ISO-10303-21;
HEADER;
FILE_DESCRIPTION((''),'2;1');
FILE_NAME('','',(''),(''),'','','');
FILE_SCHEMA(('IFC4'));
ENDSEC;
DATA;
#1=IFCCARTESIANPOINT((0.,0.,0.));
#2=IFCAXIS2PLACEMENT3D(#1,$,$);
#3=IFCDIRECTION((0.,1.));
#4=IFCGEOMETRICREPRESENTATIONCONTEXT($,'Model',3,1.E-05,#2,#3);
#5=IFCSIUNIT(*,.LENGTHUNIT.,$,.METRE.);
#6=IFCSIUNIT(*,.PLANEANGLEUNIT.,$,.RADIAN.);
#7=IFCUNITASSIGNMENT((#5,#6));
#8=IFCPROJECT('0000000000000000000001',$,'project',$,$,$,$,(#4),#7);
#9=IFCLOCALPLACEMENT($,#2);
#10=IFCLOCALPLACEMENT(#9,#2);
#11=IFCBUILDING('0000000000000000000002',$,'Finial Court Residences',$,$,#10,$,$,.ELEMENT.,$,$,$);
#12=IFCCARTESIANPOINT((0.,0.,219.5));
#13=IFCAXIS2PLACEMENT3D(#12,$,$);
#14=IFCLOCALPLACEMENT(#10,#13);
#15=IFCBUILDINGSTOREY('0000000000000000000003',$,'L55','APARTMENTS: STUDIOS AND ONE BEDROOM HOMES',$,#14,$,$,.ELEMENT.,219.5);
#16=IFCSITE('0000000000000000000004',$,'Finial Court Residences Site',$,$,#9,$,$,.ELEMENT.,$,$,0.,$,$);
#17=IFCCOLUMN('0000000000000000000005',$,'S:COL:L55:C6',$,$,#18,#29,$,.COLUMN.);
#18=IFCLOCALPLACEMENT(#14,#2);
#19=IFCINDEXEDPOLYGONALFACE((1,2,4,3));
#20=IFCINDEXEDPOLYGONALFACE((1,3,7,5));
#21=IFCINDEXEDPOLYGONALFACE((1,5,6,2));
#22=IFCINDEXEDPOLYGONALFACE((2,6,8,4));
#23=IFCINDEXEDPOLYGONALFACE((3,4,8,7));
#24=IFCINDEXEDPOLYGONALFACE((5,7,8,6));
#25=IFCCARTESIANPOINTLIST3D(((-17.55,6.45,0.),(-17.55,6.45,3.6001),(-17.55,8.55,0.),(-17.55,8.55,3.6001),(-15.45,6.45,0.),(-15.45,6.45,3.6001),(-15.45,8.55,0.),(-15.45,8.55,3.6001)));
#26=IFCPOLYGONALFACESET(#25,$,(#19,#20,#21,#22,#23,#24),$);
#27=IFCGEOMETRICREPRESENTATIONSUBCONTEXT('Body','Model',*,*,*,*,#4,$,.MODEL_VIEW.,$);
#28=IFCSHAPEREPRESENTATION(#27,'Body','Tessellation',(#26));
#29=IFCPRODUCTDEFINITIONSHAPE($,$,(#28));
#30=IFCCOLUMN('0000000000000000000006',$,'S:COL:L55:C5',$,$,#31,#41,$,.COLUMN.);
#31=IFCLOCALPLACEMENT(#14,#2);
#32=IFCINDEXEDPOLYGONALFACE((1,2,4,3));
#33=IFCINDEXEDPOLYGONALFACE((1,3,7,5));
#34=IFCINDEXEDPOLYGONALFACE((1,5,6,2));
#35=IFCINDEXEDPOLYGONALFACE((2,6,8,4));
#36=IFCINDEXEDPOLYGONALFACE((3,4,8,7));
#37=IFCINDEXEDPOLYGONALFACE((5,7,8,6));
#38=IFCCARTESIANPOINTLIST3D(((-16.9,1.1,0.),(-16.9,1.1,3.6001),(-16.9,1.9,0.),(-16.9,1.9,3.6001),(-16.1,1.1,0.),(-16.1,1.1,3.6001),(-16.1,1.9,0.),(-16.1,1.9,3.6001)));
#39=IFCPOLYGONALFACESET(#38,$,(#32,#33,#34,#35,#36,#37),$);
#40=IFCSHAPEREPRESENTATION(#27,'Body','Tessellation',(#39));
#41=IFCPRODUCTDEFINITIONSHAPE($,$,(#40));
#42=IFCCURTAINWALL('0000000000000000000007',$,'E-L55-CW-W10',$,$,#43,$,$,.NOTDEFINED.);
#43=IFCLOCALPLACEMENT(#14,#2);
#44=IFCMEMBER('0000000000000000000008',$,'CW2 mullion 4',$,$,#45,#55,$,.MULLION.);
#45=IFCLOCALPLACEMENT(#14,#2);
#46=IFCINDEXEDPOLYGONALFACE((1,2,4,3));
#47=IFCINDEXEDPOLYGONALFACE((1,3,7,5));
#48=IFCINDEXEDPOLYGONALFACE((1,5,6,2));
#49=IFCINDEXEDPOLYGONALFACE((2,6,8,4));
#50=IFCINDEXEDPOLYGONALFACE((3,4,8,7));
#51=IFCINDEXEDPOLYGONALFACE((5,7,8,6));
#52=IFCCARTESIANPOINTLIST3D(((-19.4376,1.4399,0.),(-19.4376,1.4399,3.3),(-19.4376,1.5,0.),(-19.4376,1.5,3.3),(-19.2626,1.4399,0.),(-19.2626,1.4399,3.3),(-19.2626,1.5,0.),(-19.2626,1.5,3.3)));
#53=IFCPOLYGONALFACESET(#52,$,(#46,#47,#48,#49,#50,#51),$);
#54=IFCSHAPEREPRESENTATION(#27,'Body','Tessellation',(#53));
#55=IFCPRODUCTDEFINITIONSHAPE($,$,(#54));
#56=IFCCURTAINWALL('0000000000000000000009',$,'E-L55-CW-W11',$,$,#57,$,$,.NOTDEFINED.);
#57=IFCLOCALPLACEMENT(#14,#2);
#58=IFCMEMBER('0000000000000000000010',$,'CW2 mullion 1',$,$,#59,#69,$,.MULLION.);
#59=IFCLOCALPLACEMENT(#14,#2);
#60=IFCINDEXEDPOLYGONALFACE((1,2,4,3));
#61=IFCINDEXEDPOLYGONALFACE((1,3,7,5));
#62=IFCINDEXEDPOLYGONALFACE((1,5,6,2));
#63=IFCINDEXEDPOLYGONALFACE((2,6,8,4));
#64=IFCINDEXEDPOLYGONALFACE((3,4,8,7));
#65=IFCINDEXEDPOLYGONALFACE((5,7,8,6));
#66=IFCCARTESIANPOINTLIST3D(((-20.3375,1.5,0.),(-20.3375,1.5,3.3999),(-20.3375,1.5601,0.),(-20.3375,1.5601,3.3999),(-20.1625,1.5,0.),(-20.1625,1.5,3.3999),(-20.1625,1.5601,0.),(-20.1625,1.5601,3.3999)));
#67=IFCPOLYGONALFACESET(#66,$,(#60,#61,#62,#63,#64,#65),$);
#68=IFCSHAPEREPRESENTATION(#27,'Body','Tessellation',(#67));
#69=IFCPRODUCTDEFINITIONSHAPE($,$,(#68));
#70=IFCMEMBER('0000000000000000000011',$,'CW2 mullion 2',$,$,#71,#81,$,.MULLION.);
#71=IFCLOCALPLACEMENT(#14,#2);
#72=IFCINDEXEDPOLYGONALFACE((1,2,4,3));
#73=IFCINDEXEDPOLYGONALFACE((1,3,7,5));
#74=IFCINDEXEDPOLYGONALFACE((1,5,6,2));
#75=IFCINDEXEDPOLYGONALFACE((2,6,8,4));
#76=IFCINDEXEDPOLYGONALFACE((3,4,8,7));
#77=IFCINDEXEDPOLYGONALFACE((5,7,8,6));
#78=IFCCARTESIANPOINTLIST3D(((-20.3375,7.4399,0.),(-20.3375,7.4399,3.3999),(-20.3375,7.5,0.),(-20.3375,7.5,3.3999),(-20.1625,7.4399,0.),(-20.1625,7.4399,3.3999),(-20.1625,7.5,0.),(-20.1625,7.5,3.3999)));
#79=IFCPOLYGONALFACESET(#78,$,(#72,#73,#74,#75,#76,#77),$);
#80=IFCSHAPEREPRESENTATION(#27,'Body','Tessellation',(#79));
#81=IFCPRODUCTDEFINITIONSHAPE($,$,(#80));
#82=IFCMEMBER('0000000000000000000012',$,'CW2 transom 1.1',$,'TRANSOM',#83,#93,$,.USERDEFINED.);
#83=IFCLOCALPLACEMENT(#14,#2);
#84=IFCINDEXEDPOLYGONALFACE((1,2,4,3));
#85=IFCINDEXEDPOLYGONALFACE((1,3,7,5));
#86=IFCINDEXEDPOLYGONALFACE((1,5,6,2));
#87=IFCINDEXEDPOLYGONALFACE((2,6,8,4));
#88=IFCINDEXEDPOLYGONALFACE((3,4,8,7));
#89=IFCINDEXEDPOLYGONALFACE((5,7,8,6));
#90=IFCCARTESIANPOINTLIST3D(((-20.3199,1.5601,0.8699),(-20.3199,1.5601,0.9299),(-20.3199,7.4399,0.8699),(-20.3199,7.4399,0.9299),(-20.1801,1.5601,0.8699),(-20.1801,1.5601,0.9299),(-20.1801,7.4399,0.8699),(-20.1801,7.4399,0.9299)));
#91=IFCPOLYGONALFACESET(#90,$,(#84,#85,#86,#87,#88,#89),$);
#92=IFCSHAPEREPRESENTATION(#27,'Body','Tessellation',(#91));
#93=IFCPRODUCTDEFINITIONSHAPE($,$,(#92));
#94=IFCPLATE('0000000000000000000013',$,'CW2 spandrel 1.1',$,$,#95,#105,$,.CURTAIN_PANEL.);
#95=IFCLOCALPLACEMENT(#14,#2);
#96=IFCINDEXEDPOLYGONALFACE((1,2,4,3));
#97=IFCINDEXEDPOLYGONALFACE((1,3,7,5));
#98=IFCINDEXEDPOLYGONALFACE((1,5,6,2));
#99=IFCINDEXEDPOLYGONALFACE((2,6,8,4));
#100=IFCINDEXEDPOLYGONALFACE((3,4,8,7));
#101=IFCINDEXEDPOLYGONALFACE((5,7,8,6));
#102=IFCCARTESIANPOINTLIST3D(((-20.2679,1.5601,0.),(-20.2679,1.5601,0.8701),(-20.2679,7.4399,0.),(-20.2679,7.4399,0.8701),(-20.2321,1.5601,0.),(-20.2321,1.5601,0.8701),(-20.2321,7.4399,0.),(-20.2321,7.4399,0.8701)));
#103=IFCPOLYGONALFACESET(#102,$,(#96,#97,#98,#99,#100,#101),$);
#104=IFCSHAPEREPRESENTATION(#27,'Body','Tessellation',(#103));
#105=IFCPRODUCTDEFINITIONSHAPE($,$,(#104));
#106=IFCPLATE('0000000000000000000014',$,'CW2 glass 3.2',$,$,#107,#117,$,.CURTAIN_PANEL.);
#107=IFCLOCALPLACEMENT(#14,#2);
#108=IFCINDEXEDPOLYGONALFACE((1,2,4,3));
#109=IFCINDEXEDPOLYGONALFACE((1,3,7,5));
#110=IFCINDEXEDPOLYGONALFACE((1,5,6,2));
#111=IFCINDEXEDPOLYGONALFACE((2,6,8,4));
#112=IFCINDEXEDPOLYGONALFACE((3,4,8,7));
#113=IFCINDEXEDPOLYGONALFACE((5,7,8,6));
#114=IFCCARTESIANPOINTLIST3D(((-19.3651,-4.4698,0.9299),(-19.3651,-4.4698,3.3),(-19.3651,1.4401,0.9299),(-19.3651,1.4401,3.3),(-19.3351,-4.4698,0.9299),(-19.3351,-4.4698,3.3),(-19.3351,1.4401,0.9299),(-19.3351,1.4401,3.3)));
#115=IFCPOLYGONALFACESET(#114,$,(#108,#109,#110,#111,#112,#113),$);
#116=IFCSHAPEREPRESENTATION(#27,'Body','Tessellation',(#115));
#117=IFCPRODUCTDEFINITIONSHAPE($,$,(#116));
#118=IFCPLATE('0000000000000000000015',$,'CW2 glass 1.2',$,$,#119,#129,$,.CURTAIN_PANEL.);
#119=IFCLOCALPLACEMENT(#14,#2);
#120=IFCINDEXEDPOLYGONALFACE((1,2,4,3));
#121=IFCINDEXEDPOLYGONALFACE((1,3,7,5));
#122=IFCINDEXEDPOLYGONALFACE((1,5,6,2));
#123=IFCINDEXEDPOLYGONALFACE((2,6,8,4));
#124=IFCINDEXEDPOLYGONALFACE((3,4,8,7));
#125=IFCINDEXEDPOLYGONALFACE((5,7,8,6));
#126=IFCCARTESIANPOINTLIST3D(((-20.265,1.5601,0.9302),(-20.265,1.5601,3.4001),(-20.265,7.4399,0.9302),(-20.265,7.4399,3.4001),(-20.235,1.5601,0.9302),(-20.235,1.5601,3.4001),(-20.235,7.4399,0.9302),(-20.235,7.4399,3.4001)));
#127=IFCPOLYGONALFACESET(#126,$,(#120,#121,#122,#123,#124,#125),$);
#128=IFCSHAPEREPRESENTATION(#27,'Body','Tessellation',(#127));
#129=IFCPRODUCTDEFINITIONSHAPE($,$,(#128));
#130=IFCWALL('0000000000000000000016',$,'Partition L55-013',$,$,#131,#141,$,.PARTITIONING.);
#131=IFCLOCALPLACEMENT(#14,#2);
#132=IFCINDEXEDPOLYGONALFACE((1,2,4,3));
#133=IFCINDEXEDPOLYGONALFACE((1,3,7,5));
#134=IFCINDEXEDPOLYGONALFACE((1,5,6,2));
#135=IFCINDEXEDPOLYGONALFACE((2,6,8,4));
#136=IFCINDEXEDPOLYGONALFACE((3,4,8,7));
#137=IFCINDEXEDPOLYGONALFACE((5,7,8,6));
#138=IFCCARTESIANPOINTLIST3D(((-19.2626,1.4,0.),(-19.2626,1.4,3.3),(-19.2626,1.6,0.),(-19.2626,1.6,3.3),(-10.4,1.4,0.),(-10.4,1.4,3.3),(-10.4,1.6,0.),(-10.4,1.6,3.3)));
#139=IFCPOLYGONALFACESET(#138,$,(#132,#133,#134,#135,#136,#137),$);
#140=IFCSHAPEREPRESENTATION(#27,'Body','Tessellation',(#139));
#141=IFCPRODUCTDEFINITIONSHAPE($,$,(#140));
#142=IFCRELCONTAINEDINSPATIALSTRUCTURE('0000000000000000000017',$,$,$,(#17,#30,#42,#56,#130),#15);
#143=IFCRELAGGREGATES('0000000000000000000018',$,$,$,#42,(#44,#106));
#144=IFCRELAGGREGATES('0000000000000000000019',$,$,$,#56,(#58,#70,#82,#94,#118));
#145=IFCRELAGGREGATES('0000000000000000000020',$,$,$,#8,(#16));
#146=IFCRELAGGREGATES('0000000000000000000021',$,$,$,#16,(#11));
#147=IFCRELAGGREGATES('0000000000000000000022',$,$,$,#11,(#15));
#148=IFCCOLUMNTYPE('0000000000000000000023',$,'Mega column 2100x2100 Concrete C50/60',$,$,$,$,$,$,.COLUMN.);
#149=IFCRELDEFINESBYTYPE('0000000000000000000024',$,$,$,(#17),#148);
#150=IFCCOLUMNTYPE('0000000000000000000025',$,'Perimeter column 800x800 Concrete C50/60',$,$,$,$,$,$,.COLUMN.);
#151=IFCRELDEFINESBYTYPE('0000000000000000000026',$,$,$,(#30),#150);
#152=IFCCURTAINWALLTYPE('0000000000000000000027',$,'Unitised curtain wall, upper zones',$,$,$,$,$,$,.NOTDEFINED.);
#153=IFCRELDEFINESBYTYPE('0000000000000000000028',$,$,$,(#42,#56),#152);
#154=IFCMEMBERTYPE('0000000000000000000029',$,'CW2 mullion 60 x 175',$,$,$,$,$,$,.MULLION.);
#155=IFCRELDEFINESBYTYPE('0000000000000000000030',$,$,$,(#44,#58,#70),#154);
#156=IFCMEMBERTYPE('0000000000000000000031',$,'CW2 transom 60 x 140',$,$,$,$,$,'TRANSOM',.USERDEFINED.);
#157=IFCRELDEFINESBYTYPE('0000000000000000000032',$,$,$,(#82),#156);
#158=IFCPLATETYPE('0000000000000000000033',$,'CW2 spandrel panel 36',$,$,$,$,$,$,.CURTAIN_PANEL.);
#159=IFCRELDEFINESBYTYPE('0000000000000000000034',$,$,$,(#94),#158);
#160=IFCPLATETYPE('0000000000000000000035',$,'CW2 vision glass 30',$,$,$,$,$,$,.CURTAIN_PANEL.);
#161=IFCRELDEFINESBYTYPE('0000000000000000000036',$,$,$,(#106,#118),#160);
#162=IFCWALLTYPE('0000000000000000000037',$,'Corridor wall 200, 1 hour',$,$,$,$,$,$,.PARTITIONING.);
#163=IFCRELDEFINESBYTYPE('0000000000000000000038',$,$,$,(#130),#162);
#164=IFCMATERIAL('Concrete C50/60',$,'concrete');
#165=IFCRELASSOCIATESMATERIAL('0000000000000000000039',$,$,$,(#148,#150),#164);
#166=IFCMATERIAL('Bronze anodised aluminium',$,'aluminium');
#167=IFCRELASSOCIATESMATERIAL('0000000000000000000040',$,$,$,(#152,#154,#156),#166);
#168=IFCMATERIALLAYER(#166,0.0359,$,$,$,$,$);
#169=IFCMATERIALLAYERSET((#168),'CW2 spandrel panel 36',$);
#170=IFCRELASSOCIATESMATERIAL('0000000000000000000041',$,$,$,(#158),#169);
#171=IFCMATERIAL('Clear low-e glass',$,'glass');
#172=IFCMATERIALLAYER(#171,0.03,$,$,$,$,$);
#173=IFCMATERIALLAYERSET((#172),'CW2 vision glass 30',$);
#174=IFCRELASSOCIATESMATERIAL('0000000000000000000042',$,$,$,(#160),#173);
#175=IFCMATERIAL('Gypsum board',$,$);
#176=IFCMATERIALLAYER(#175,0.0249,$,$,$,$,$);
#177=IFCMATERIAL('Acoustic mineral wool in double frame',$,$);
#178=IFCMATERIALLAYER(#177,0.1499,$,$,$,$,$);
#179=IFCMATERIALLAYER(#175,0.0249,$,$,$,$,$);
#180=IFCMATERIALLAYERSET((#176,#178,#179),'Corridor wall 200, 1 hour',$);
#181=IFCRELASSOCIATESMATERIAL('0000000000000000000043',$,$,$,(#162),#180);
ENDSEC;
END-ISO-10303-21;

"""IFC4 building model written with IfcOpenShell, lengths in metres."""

from ifc_helpers import new_model, si_unit, direction, frame, frame_2d, origin, origin_2d, place, context, subcontext, project, spatial, rectangle, extrude, material, layer, layer_set, material_profile, profile_set, type_object, element, aggregate, save


model = new_model("IFC4")

# Units and contexts
model_context = context("Model", 3, precision=1e-05, world=origin(), true_north=direction((0.0, 1.0)))
body_context = subcontext(model_context, "Body", "Model", "MODEL_VIEW")
ifc_project = project(units=[si_unit("LENGTHUNIT", "METRE"), si_unit("PLANEANGLEUNIT", "RADIAN")], contexts=[model_context])

# Site, building, storey
site_placement = place(None, origin())
site = spatial("IfcSite", under=ifc_project, at=site_placement, Name="Finial Court Residences Site", CompositionType="ELEMENT", RefElevation=0.0)
building_placement = place(site_placement, origin())
building = spatial("IfcBuilding", under=site, at=building_placement, Name="Finial Court Residences", CompositionType="ELEMENT")
storey_placement = place(building_placement, frame((0.0, 0.0, 219.5)))
storey = spatial("IfcBuildingStorey", under=building, at=storey_placement, Name="L55", Description="APARTMENTS: STUDIOS AND ONE BEDROOM HOMES", CompositionType="ELEMENT", Elevation=219.5)

# Columns
ifc_material_1 = material(Name="Concrete C50/60", Category="concrete")
ifc_material_profile_1 = material_profile(ifc_material_1, rectangle(XDim=2.1001, YDim=2.1001, at=origin_2d()), Name="2100x2100")
ifc_profile_set_1 = profile_set([ifc_material_profile_1], Name="Concrete C50/60")
column_type_1 = type_object("IfcColumnType", Name="Mega column 2100x2100 Concrete C50/60", PredefinedType="COLUMN", material=ifc_profile_set_1)
column_1_placement = place(storey_placement, frame((-16.5, 7.5, 0.0), z_axis=(0.0, 0.0, 1.0), x_axis=(1.0, 0.0, 0.0)))
element("IfcColumn", 1, at=column_1_placement, inside=storey, type_object=column_type_1, Name="S:COL:L55:C6", PredefinedType="COLUMN", context=body_context, shape_type="SweptSolid", body=[
    extrude(rectangle(XDim=2.1001, YDim=2.1001, at=origin_2d()), origin(), (0.0, 0.0, 1.0), 3.6001),
])
ifc_material_profile_2 = material_profile(ifc_material_1, rectangle(XDim=0.8, YDim=0.8, at=origin_2d()), Name="800x800")
ifc_profile_set_2 = profile_set([ifc_material_profile_2], Name="Concrete C50/60")
column_type_2 = type_object("IfcColumnType", Name="Perimeter column 800x800 Concrete C50/60", PredefinedType="COLUMN", material=ifc_profile_set_2)
column_2_placement = place(storey_placement, frame((-16.5, 1.5, 0.0), z_axis=(0.0, 0.0, 1.0), x_axis=(1.0, 0.0, 0.0)))
element("IfcColumn", 2, at=column_2_placement, inside=storey, type_object=column_type_2, Name="S:COL:L55:C5", PredefinedType="COLUMN", context=body_context, shape_type="SweptSolid", body=[
    extrude(rectangle(XDim=0.8, YDim=0.8, at=origin_2d()), origin(), (0.0, 0.0, 1.0), 3.6001),
])

# Curtain wall, member
ifc_material_2 = material(Name="Bronze anodised aluminium", Category="aluminium")
curtain_wall_type = type_object("IfcCurtainWallType", Name="Unitised curtain wall, upper zones", PredefinedType="NOTDEFINED", material=ifc_material_2)
curtain_wall_1_placement = place(storey_placement, origin())
curtain_wall_1 = element("IfcCurtainWall", 3, at=curtain_wall_1_placement, inside=storey, type_object=curtain_wall_type, Name="E-L55-CW-W10", PredefinedType="NOTDEFINED")
ifc_material_profile_3 = material_profile(ifc_material_2, rectangle(XDim=0.175, YDim=0.0601, at=origin_2d()), Name="CW2 mullion 60 x 175")
ifc_profile_set_3 = profile_set([ifc_material_profile_3], Name="Bronze anodised aluminium")
member_type_1 = type_object("IfcMemberType", Name="CW2 mullion 60 x 175", PredefinedType="MULLION", material=ifc_profile_set_3)
member_1_placement = place(storey_placement, frame((-19.3501, 1.47, 0.0), z_axis=(0.0, 0.0, 1.0), x_axis=(-1.0, 0.0, 0.0)))
member_1 = element("IfcMember", 4, at=member_1_placement, type_object=member_type_1, Name="CW2 mullion 4", PredefinedType="MULLION", context=body_context, shape_type="SweptSolid", body=[
    extrude(rectangle(XDim=0.175, YDim=0.0601, at=origin_2d()), origin(), (0.0, 0.0, 1.0), 3.3),
])

# Curtain wall, members, plate
curtain_wall_2_placement = place(storey_placement, origin())
curtain_wall_2 = element("IfcCurtainWall", 5, at=curtain_wall_2_placement, inside=storey, type_object=curtain_wall_type, Name="E-L55-CW-W11", PredefinedType="NOTDEFINED")
member_2_placement = place(storey_placement, frame((-20.25, 1.53, 0.0), z_axis=(0.0, 0.0, 1.0), x_axis=(-1.0, 0.0, 0.0)))
member_2 = element("IfcMember", 6, at=member_2_placement, type_object=member_type_1, Name="CW2 mullion 1", PredefinedType="MULLION", context=body_context, shape_type="SweptSolid", body=[
    extrude(rectangle(XDim=0.175, YDim=0.0601, at=origin_2d()), origin(), (0.0, 0.0, 1.0), 3.3999),
])
member_3_placement = place(storey_placement, frame((-20.25, 7.47, 0.0), z_axis=(0.0, 0.0, 1.0), x_axis=(-1.0, 0.0, 0.0)))
member_3 = element("IfcMember", 7, at=member_3_placement, type_object=member_type_1, Name="CW2 mullion 2", PredefinedType="MULLION", context=body_context, shape_type="SweptSolid", body=[
    extrude(rectangle(XDim=0.175, YDim=0.0601, at=origin_2d()), origin(), (0.0, 0.0, 1.0), 3.3999),
])
ifc_material_profile_4 = material_profile(ifc_material_2, rectangle(XDim=0.1399, YDim=0.0601, at=origin_2d()), Name="CW2 transom 60 x 140")
ifc_profile_set_4 = profile_set([ifc_material_profile_4], Name="Bronze anodised aluminium")
member_type_2 = type_object("IfcMemberType", Name="CW2 transom 60 x 140", ElementType="TRANSOM", PredefinedType="USERDEFINED", material=ifc_profile_set_4)
member_4_placement = place(storey_placement, frame((-20.25, 1.5601, 0.8999), z_axis=(0.0, 1.0, 0.0), x_axis=(-1.0, 0.0, 0.0)))
member_4 = element("IfcMember", 8, at=member_4_placement, type_object=member_type_2, Name="CW2 transom 1.1", ObjectType="TRANSOM", PredefinedType="USERDEFINED", context=body_context, shape_type="SweptSolid", body=[
    extrude(rectangle(XDim=0.1399, YDim=0.0601, at=origin_2d()), origin(), (0.0, 0.0, 1.0), 5.8799),
])
ifc_layer_1 = layer(ifc_material_2, 0.0359)
ifc_layer_set_1 = layer_set([ifc_layer_1], Name="CW2 spandrel panel 36")
plate_type_1 = type_object("IfcPlateType", Name="CW2 spandrel panel 36", PredefinedType="CURTAIN_PANEL", material=ifc_layer_set_1)
plate_1_placement = place(storey_placement, frame((-20.25, 4.5, 0.0), z_axis=(0.0, 0.0, 1.0), x_axis=(0.0, 1.0, 0.0)))
plate_1 = element("IfcPlate", 9, at=plate_1_placement, type_object=plate_type_1, Name="CW2 spandrel 1.1", PredefinedType="CURTAIN_PANEL", context=body_context, shape_type="SweptSolid", body=[
    extrude(rectangle(XDim=5.8799, YDim=0.0359, at=origin_2d()), origin(), (0.0, 0.0, 1.0), 0.8701),
])

# Plates
ifc_material_3 = material(Name="Clear low-e glass", Category="glass")
ifc_layer_2 = layer(ifc_material_3, 0.03)
ifc_layer_set_2 = layer_set([ifc_layer_2], Name="CW2 vision glass 30")
plate_type_2 = type_object("IfcPlateType", Name="CW2 vision glass 30", PredefinedType="CURTAIN_PANEL", material=ifc_layer_set_2)
plate_2_placement = place(storey_placement, frame((-19.3501, -1.5149, 0.9299), z_axis=(0.0, 0.0, 1.0), x_axis=(0.0, 1.0, 0.0)))
plate_2 = element("IfcPlate", 10, at=plate_2_placement, type_object=plate_type_2, Name="CW2 glass 3.2", PredefinedType="CURTAIN_PANEL", context=body_context, shape_type="SweptSolid", body=[
    extrude(rectangle(XDim=5.9099, YDim=0.03, at=origin_2d()), origin(), (0.0, 0.0, 1.0), 2.3701),
])
aggregate(curtain_wall_1, [member_1, plate_2])
plate_3_placement = place(storey_placement, frame((-20.25, 4.5, 0.9302), z_axis=(0.0, 0.0, 1.0), x_axis=(0.0, 1.0, 0.0)))
plate_3 = element("IfcPlate", 11, at=plate_3_placement, type_object=plate_type_2, Name="CW2 glass 1.2", PredefinedType="CURTAIN_PANEL", context=body_context, shape_type="SweptSolid", body=[
    extrude(rectangle(XDim=5.8799, YDim=0.03, at=origin_2d()), origin(), (0.0, 0.0, 1.0), 2.47),
])
aggregate(curtain_wall_2, [member_2, member_3, member_4, plate_1, plate_3])

# Wall
ifc_material_4 = material(Name="Gypsum board")
ifc_layer_3 = layer(ifc_material_4, 0.0249)
ifc_material_5 = material(Name="Acoustic mineral wool in double frame")
ifc_layer_4 = layer(ifc_material_5, 0.1499)
ifc_layer_5 = layer(ifc_material_4, 0.0249)
ifc_layer_set_3 = layer_set([ifc_layer_3, ifc_layer_4, ifc_layer_5], Name="Corridor wall 200, 1 hour")
wall_type_1 = type_object("IfcWallType", Name="Corridor wall 200, 1 hour", PredefinedType="PARTITIONING", material=ifc_layer_set_3)
wall_1_placement = place(storey_placement, frame((-19.2625, 1.5, 0.0), z_axis=(0.0, 0.0, 1.0), x_axis=(1.0, 0.0, 0.0)))
element("IfcWall", 12, at=wall_1_placement, inside=storey, type_object=wall_type_1, Name="Partition L55-013", PredefinedType="PARTITIONING", context=body_context, shape_type="SweptSolid", body=[
    extrude(rectangle(XDim=8.8625, YDim=0.2, at=frame_2d((4.4312, 0.0))), origin(), (0.0, 0.0, 1.0), 3.3),
])

save(model, "model.ifc")
